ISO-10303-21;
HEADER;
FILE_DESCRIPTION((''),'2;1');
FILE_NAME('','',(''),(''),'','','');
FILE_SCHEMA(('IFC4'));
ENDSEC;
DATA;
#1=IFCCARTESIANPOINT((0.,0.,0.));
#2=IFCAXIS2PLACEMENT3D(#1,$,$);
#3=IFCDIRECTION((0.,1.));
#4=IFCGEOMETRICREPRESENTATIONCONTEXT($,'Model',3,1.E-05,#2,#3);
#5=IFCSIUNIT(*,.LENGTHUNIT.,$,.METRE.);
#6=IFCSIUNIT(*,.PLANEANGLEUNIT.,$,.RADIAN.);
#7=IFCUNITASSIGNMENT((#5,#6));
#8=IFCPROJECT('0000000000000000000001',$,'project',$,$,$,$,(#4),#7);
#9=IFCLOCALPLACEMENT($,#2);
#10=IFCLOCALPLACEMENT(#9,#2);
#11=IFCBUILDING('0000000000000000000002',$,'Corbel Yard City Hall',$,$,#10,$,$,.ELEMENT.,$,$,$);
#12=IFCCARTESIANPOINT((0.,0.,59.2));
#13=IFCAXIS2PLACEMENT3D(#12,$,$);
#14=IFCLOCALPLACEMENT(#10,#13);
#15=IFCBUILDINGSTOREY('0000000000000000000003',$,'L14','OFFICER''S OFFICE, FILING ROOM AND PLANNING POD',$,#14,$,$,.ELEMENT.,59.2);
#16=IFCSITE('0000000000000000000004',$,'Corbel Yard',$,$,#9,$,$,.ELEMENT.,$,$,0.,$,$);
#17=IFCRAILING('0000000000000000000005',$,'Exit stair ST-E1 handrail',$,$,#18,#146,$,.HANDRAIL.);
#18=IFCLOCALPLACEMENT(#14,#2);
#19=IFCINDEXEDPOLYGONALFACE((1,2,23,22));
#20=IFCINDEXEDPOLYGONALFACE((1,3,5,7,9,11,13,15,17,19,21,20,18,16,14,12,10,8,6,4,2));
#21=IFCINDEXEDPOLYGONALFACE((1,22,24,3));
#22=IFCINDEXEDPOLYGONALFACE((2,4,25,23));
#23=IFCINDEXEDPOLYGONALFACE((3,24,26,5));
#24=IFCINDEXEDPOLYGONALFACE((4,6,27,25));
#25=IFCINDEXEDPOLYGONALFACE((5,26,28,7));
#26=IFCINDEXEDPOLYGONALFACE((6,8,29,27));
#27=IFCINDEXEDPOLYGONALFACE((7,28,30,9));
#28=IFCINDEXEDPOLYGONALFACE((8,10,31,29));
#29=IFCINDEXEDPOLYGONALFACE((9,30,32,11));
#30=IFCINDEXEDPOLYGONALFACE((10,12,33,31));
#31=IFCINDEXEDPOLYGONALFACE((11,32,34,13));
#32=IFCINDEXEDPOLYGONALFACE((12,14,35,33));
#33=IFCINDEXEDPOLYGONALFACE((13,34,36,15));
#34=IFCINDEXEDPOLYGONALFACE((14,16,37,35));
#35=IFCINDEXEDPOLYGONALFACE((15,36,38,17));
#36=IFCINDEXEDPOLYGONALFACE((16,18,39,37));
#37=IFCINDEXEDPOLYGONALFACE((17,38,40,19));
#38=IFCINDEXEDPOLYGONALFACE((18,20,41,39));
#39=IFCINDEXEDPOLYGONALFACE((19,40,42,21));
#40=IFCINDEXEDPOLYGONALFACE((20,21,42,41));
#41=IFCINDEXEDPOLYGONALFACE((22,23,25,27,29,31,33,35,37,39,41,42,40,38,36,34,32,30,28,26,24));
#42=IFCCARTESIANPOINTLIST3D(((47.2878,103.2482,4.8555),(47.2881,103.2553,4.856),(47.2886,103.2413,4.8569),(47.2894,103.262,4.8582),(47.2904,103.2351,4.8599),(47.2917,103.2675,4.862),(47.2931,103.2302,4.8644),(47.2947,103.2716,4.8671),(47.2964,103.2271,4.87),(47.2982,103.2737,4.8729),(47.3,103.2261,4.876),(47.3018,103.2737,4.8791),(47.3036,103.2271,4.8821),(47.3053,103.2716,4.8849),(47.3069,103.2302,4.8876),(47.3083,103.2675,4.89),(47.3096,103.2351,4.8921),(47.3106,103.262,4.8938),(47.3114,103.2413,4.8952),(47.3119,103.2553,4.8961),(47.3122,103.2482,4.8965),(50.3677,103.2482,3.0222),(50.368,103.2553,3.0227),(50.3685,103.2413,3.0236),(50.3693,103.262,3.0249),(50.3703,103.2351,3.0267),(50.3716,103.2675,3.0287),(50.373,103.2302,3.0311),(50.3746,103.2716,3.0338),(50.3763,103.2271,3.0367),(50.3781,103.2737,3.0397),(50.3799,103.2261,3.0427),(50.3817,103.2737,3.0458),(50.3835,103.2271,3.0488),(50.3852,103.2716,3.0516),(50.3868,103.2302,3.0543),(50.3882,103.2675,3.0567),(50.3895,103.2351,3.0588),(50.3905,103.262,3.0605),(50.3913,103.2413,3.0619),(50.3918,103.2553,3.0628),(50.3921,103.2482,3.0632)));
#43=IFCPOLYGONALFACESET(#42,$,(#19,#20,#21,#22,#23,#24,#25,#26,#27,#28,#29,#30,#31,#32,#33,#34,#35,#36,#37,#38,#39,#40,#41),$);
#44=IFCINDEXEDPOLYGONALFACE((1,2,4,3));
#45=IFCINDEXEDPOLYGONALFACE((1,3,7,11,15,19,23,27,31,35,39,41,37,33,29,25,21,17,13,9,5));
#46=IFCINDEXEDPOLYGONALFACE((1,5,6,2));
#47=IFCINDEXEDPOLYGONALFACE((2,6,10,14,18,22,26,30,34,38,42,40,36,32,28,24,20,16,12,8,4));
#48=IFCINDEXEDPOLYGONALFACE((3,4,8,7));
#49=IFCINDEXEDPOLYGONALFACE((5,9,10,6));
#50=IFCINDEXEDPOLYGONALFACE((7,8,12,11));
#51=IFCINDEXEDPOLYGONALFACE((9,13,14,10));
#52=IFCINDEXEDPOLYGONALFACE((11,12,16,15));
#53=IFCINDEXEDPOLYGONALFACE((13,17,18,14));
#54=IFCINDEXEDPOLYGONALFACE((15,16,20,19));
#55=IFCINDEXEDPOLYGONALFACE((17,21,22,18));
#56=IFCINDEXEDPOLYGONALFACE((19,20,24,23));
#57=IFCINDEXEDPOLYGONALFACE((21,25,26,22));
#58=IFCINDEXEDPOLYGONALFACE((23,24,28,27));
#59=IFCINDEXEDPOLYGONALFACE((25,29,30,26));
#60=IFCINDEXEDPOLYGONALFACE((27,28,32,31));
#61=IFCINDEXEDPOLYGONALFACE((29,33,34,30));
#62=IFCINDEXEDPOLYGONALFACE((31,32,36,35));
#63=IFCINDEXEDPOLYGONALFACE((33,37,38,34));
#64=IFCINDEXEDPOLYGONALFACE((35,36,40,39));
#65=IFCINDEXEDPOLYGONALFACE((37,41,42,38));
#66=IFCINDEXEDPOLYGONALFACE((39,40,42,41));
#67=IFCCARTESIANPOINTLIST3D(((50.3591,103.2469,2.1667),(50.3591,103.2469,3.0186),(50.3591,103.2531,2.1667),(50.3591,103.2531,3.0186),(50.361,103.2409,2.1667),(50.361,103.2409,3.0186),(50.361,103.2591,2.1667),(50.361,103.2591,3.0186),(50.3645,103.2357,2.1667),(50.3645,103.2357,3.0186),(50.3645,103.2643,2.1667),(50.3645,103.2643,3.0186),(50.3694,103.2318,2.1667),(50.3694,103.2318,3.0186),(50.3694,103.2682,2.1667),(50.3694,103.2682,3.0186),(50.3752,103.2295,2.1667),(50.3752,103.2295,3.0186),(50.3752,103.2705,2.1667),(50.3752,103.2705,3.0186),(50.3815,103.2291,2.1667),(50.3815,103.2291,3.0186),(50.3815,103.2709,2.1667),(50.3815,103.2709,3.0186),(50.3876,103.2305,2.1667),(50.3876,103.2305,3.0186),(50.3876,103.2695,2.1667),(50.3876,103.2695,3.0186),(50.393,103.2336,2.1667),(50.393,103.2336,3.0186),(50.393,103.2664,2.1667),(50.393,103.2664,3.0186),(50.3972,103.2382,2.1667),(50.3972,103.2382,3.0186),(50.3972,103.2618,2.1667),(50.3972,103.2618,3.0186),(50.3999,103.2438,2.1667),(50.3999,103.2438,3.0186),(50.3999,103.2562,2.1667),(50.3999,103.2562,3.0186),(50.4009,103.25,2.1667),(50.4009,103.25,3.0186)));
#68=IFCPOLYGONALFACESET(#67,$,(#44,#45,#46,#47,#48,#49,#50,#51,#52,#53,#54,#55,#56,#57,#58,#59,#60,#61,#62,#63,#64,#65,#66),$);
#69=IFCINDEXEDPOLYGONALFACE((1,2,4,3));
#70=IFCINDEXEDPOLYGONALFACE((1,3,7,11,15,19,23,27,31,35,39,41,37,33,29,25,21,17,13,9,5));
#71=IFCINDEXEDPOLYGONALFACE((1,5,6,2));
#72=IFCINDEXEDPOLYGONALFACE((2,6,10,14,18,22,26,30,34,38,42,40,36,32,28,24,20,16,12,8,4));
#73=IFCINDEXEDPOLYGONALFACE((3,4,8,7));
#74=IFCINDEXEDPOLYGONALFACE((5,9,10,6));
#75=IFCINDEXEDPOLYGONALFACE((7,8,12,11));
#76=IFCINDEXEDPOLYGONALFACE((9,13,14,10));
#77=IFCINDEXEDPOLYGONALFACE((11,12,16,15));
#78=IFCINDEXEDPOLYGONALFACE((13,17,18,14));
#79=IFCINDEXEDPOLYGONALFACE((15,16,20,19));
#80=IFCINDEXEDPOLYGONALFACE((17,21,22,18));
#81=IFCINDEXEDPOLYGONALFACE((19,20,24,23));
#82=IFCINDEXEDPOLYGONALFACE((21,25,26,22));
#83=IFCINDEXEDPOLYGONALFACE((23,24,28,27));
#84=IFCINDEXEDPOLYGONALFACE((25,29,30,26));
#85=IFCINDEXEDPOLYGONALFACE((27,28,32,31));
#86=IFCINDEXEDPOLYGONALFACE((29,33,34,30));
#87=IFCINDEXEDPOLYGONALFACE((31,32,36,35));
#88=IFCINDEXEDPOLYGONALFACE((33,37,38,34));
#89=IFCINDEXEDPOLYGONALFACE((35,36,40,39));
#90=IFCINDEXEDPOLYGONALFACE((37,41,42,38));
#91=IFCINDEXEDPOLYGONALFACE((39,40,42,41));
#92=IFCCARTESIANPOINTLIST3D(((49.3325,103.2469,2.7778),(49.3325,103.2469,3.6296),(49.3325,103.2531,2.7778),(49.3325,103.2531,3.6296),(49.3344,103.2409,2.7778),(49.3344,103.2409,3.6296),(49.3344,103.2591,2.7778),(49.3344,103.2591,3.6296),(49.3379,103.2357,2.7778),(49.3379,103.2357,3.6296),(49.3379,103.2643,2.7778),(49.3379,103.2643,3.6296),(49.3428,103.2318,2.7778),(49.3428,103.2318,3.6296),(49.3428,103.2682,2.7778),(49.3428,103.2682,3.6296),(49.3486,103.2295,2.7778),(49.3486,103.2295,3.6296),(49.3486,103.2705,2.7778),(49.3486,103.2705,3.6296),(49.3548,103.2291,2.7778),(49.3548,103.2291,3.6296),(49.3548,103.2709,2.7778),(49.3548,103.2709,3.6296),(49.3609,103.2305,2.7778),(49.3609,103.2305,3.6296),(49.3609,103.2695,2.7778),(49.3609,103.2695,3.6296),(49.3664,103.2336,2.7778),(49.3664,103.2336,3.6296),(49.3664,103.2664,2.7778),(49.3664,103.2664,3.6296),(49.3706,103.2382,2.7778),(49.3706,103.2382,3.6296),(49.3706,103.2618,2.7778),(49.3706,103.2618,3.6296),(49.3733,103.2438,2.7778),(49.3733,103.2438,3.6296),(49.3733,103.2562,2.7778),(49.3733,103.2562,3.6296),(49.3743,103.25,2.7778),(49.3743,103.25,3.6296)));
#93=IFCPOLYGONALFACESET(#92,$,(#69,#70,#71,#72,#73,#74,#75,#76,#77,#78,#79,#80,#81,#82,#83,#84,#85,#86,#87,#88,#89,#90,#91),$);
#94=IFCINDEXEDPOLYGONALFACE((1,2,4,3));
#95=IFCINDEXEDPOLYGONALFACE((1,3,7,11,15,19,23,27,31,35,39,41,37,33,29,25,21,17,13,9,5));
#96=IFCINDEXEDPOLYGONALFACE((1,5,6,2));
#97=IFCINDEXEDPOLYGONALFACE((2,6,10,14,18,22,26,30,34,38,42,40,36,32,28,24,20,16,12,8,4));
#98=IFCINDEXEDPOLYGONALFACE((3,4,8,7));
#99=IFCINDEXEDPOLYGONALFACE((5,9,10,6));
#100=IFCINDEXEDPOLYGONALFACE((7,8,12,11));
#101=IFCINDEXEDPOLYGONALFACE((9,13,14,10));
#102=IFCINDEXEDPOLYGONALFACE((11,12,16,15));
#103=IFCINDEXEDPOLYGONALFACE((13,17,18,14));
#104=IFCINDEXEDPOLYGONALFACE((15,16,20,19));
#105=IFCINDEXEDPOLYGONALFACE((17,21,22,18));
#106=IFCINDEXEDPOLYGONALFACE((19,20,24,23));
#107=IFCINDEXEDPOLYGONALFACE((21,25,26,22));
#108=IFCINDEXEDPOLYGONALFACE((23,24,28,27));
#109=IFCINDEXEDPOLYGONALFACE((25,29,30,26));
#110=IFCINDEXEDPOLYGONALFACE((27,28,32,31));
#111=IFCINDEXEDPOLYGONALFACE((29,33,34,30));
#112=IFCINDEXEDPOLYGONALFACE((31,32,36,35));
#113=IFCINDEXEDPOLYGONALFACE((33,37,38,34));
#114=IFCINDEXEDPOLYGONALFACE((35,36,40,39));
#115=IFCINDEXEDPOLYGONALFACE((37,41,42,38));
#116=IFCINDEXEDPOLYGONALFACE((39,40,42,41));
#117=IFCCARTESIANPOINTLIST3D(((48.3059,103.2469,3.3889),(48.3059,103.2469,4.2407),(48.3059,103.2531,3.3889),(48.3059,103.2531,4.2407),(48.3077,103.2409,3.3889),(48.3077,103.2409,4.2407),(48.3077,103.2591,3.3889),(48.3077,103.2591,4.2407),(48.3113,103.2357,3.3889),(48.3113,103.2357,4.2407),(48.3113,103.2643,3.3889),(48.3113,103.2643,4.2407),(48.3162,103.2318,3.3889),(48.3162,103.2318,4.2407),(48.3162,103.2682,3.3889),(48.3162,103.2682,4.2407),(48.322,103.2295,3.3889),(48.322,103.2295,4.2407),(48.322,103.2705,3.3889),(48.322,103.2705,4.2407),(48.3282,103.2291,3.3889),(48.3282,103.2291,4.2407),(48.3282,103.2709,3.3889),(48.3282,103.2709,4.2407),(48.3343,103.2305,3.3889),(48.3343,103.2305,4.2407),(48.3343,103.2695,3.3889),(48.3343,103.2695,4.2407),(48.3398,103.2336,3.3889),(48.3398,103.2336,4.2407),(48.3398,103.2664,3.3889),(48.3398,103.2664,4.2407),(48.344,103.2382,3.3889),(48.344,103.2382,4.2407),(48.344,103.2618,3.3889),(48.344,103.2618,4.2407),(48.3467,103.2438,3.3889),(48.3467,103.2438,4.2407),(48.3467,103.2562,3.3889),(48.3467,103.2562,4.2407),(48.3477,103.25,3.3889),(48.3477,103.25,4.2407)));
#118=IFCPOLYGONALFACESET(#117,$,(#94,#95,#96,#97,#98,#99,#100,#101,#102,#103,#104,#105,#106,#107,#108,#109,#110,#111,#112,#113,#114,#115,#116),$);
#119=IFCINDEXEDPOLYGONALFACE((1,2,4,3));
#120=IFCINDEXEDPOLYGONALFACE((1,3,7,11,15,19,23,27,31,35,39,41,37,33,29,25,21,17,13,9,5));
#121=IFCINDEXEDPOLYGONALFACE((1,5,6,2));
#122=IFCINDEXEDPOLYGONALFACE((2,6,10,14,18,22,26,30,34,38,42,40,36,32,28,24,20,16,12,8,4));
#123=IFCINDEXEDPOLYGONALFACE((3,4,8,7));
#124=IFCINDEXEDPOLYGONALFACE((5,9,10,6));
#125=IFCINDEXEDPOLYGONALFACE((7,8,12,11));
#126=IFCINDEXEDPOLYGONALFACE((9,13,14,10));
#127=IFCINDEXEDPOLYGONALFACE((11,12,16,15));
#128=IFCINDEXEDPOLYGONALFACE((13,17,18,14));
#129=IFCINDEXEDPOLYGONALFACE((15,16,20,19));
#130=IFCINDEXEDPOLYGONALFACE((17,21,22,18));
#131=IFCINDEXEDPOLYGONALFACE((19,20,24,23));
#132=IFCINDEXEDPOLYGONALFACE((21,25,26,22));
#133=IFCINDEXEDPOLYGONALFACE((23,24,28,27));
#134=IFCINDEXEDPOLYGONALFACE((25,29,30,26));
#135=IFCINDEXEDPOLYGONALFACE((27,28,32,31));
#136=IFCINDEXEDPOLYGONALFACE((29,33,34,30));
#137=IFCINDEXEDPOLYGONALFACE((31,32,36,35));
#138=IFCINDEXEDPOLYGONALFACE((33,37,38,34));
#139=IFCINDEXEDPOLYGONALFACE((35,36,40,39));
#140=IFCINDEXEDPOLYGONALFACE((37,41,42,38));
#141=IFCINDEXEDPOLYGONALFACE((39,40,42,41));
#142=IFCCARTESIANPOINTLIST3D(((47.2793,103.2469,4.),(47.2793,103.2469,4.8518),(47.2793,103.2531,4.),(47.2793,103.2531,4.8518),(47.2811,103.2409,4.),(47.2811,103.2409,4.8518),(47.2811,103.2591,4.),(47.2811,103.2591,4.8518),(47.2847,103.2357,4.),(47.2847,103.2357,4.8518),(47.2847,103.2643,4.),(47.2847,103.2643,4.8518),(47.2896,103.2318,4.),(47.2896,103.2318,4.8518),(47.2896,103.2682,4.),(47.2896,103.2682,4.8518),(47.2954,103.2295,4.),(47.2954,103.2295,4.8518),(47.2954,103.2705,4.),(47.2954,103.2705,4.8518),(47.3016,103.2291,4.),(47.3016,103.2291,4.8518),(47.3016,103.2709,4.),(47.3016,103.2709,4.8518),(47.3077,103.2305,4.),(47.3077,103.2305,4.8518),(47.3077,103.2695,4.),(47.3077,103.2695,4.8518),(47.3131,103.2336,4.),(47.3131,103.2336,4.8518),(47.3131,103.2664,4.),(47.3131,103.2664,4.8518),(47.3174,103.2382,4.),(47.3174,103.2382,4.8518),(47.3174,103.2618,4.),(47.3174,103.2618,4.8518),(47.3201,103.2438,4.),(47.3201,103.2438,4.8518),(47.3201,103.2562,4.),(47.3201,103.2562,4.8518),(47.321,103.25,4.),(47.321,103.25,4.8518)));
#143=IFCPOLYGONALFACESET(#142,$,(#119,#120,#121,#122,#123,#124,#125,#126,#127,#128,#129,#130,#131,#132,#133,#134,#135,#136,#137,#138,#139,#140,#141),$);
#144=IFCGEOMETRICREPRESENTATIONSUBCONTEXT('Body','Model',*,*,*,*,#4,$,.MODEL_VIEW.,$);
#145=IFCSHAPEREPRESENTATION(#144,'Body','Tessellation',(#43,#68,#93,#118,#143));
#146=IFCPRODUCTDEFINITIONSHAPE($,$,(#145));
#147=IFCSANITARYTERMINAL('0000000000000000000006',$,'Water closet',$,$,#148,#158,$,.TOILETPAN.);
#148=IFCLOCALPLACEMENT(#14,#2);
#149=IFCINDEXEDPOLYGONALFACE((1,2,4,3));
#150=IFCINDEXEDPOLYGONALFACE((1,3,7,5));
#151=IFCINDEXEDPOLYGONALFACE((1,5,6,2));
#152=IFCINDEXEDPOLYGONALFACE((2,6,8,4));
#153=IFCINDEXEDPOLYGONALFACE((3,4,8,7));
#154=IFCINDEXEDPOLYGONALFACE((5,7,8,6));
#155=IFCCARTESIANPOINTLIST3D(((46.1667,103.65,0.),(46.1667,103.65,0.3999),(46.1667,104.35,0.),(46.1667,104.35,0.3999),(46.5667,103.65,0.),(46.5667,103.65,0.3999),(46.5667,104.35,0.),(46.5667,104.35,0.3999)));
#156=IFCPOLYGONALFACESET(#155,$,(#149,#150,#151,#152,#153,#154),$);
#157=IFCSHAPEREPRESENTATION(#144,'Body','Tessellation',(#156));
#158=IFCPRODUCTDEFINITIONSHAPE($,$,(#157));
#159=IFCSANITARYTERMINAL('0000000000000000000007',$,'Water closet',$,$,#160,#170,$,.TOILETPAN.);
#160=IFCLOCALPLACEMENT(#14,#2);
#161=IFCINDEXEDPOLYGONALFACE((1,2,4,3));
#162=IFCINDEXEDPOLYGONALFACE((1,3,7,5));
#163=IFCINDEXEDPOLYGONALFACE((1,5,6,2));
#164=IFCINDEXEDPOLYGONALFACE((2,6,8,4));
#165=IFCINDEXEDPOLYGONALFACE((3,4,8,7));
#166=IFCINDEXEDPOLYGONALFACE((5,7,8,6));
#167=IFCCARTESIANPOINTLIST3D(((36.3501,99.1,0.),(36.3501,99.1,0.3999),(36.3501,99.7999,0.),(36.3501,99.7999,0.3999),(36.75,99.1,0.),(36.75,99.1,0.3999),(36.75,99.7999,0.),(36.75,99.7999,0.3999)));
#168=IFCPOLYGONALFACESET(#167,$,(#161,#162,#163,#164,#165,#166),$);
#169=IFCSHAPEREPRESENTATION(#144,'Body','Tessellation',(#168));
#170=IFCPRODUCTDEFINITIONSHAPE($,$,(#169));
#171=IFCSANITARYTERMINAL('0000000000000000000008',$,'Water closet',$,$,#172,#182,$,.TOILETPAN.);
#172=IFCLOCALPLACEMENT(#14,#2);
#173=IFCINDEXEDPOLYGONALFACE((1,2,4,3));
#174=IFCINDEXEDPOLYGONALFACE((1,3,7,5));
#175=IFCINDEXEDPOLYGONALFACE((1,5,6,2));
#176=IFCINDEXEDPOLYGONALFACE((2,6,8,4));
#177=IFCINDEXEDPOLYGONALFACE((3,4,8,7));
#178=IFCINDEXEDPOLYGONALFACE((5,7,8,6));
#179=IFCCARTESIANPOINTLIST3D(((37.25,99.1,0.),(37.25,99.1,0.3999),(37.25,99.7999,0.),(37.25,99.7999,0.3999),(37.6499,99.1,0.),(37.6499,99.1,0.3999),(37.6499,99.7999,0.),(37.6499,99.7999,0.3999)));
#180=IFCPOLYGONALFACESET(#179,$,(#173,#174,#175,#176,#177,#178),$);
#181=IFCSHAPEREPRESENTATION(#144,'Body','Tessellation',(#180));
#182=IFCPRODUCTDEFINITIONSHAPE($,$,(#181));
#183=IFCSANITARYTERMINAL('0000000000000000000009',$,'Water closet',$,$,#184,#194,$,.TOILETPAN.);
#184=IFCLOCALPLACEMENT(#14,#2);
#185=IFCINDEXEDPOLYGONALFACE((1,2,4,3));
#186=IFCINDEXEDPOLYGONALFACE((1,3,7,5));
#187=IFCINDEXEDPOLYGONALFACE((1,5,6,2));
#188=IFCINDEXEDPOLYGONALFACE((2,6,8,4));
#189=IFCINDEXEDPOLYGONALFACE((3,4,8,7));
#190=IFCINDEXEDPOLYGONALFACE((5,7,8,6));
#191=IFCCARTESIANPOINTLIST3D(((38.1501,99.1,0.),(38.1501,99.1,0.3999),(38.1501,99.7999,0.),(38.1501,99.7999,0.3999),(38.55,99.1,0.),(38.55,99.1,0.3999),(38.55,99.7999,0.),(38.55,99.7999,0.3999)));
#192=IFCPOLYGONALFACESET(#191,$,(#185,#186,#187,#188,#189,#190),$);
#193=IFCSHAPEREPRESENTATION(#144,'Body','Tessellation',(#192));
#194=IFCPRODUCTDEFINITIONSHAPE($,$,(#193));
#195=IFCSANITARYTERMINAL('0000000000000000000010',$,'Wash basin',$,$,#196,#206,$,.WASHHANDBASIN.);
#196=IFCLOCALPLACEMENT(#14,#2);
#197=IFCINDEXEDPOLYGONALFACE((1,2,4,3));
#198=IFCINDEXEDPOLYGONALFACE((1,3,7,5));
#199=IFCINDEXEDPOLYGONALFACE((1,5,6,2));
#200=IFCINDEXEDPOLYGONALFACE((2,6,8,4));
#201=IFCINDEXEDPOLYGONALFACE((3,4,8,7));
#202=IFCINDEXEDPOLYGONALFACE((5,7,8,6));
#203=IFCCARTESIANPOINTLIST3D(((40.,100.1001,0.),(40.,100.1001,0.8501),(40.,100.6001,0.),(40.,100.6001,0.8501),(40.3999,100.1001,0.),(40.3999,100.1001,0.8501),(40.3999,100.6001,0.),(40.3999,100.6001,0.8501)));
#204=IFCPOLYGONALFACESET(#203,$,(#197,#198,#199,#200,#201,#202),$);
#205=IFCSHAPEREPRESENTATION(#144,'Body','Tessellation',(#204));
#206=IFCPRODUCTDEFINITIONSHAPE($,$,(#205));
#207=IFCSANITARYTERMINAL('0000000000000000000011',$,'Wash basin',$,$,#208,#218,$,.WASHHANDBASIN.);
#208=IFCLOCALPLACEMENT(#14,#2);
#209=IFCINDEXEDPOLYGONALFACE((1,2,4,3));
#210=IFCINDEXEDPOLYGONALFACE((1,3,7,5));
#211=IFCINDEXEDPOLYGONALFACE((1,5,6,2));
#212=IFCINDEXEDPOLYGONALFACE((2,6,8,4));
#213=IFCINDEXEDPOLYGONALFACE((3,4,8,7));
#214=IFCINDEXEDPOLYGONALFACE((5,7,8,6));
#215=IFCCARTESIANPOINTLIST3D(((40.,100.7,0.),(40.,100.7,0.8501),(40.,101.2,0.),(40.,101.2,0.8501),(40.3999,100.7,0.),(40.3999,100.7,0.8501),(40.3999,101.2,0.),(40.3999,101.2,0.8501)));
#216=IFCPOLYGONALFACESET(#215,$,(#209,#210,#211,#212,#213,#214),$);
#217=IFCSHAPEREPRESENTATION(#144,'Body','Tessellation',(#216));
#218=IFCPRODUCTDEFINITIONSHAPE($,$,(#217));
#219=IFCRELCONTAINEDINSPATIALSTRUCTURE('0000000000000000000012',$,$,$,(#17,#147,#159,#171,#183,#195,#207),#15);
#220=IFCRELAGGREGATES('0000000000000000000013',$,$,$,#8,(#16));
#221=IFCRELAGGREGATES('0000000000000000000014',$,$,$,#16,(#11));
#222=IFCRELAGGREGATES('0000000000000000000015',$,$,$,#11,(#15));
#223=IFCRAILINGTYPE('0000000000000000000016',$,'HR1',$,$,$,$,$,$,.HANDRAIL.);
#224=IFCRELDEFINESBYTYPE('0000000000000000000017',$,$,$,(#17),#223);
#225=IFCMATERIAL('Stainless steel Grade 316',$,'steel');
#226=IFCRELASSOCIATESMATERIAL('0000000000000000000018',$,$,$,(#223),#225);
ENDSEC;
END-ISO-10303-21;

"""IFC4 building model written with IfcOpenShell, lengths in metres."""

from ifc_helpers import new_model, si_unit, direction, frame, origin, origin_2d, place, context, subcontext, project, spatial, rectangle, circle, extrude, material, type_object, element, save


model = new_model("IFC4")

# Units and contexts
model_context = context("Model", 3, precision=1e-05, world=origin(), true_north=direction((0.0, 1.0)))
body_context = subcontext(model_context, "Body", "Model", "MODEL_VIEW")
ifc_project = project(units=[si_unit("LENGTHUNIT", "METRE"), si_unit("PLANEANGLEUNIT", "RADIAN")], contexts=[model_context])

# Site, building, storey
site_placement = place(None, origin())
site = spatial("IfcSite", under=ifc_project, at=site_placement, Name="Corbel Yard", CompositionType="ELEMENT", RefElevation=0.0)
building_placement = place(site_placement, origin())
building = spatial("IfcBuilding", under=site, at=building_placement, Name="Corbel Yard City Hall", CompositionType="ELEMENT")
storey_placement = place(building_placement, frame((0.0, 0.0, 59.2)))
storey = spatial("IfcBuildingStorey", under=building, at=storey_placement, Name="L14", Description="OFFICER'S OFFICE, FILING ROOM AND PLANNING POD", CompositionType="ELEMENT", Elevation=59.2)

# Railing
ifc_material_1 = material(Name="Stainless steel Grade 316", Category="steel")
railing_type = type_object("IfcRailingType", Name="HR1", PredefinedType="HANDRAIL", material=ifc_material_1)
for number, where, name in (
    (1, (50.3799, 103.25, 2.1667), "Exit stair ST-E1 handrail"),
):
    element("IfcRailing", number, at=place(storey_placement, frame(where)), inside=storey, type_object=railing_type, Name=name, PredefinedType="HANDRAIL", context=body_context, shape_type="SweptSolid", body=[
        extrude(circle(Radius=0.0239, at=origin_2d()), frame((0.0, 0.0, 0.876), z_axis=(-0.859291, 0.0, 0.511487), x_axis=(0.0, -1.0, 0.0)), (0.0, 0.0, 1.0), 3.5842),
        extrude(circle(Radius=0.021, at=origin_2d()), origin(), (0.0, 0.0, 1.0), 0.8518),
        extrude(circle(Radius=0.021, at=origin_2d()), frame((-1.0266, 0.0, 0.6111)), (0.0, 0.0, 1.0), 0.8518),
        extrude(circle(Radius=0.021, at=origin_2d()), frame((-2.0532, 0.0, 1.2222)), (0.0, 0.0, 1.0), 0.8518),
        extrude(circle(Radius=0.021, at=origin_2d()), frame((-3.0798, 0.0, 1.8333)), (0.0, 0.0, 1.0), 0.8518),
    ])

# Sanitary terminals
for number, where, z_axis, x_axis, name in (
    (2, (46.3667, 104.0, 0.0), (0.0, 0.0, 1.0), (1.0, 0.0, 0.0), "Water closet"),
    (3, (36.55, 99.45, 0.0), (0.0, 0.0, 1.0), (1.0, 0.0, 0.0), "Water closet"),
    (4, (37.45, 99.45, 0.0), (0.0, 0.0, 1.0), (1.0, 0.0, 0.0), "Water closet"),
    (5, (38.3501, 99.45, 0.0), (0.0, 0.0, 1.0), (1.0, 0.0, 0.0), "Water closet"),
):
    element("IfcSanitaryTerminal", number, at=place(storey_placement, frame(where, z_axis=z_axis, x_axis=x_axis)), inside=storey, Name=name, PredefinedType="TOILETPAN", context=body_context, shape_type="SweptSolid", body=[
        extrude(rectangle(XDim=0.3999, YDim=0.7, at=origin_2d()), origin(), (0.0, 0.0, 1.0), 0.3999),
    ])
for number, where, z_axis, x_axis, name in (
    (6, (40.2, 100.3501, 0.0), (0.0, 0.0, 1.0), (1.0, 0.0, 0.0), "Wash basin"),
    (7, (40.2, 100.95, 0.0), (0.0, 0.0, 1.0), (1.0, 0.0, 0.0), "Wash basin"),
):
    element("IfcSanitaryTerminal", number, at=place(storey_placement, frame(where, z_axis=z_axis, x_axis=x_axis)), inside=storey, Name=name, PredefinedType="WASHHANDBASIN", context=body_context, shape_type="SweptSolid", body=[
        extrude(rectangle(XDim=0.3999, YDim=0.5, at=origin_2d()), origin(), (0.0, 0.0, 1.0), 0.8501),
    ])

save(model, "model.ifc")
